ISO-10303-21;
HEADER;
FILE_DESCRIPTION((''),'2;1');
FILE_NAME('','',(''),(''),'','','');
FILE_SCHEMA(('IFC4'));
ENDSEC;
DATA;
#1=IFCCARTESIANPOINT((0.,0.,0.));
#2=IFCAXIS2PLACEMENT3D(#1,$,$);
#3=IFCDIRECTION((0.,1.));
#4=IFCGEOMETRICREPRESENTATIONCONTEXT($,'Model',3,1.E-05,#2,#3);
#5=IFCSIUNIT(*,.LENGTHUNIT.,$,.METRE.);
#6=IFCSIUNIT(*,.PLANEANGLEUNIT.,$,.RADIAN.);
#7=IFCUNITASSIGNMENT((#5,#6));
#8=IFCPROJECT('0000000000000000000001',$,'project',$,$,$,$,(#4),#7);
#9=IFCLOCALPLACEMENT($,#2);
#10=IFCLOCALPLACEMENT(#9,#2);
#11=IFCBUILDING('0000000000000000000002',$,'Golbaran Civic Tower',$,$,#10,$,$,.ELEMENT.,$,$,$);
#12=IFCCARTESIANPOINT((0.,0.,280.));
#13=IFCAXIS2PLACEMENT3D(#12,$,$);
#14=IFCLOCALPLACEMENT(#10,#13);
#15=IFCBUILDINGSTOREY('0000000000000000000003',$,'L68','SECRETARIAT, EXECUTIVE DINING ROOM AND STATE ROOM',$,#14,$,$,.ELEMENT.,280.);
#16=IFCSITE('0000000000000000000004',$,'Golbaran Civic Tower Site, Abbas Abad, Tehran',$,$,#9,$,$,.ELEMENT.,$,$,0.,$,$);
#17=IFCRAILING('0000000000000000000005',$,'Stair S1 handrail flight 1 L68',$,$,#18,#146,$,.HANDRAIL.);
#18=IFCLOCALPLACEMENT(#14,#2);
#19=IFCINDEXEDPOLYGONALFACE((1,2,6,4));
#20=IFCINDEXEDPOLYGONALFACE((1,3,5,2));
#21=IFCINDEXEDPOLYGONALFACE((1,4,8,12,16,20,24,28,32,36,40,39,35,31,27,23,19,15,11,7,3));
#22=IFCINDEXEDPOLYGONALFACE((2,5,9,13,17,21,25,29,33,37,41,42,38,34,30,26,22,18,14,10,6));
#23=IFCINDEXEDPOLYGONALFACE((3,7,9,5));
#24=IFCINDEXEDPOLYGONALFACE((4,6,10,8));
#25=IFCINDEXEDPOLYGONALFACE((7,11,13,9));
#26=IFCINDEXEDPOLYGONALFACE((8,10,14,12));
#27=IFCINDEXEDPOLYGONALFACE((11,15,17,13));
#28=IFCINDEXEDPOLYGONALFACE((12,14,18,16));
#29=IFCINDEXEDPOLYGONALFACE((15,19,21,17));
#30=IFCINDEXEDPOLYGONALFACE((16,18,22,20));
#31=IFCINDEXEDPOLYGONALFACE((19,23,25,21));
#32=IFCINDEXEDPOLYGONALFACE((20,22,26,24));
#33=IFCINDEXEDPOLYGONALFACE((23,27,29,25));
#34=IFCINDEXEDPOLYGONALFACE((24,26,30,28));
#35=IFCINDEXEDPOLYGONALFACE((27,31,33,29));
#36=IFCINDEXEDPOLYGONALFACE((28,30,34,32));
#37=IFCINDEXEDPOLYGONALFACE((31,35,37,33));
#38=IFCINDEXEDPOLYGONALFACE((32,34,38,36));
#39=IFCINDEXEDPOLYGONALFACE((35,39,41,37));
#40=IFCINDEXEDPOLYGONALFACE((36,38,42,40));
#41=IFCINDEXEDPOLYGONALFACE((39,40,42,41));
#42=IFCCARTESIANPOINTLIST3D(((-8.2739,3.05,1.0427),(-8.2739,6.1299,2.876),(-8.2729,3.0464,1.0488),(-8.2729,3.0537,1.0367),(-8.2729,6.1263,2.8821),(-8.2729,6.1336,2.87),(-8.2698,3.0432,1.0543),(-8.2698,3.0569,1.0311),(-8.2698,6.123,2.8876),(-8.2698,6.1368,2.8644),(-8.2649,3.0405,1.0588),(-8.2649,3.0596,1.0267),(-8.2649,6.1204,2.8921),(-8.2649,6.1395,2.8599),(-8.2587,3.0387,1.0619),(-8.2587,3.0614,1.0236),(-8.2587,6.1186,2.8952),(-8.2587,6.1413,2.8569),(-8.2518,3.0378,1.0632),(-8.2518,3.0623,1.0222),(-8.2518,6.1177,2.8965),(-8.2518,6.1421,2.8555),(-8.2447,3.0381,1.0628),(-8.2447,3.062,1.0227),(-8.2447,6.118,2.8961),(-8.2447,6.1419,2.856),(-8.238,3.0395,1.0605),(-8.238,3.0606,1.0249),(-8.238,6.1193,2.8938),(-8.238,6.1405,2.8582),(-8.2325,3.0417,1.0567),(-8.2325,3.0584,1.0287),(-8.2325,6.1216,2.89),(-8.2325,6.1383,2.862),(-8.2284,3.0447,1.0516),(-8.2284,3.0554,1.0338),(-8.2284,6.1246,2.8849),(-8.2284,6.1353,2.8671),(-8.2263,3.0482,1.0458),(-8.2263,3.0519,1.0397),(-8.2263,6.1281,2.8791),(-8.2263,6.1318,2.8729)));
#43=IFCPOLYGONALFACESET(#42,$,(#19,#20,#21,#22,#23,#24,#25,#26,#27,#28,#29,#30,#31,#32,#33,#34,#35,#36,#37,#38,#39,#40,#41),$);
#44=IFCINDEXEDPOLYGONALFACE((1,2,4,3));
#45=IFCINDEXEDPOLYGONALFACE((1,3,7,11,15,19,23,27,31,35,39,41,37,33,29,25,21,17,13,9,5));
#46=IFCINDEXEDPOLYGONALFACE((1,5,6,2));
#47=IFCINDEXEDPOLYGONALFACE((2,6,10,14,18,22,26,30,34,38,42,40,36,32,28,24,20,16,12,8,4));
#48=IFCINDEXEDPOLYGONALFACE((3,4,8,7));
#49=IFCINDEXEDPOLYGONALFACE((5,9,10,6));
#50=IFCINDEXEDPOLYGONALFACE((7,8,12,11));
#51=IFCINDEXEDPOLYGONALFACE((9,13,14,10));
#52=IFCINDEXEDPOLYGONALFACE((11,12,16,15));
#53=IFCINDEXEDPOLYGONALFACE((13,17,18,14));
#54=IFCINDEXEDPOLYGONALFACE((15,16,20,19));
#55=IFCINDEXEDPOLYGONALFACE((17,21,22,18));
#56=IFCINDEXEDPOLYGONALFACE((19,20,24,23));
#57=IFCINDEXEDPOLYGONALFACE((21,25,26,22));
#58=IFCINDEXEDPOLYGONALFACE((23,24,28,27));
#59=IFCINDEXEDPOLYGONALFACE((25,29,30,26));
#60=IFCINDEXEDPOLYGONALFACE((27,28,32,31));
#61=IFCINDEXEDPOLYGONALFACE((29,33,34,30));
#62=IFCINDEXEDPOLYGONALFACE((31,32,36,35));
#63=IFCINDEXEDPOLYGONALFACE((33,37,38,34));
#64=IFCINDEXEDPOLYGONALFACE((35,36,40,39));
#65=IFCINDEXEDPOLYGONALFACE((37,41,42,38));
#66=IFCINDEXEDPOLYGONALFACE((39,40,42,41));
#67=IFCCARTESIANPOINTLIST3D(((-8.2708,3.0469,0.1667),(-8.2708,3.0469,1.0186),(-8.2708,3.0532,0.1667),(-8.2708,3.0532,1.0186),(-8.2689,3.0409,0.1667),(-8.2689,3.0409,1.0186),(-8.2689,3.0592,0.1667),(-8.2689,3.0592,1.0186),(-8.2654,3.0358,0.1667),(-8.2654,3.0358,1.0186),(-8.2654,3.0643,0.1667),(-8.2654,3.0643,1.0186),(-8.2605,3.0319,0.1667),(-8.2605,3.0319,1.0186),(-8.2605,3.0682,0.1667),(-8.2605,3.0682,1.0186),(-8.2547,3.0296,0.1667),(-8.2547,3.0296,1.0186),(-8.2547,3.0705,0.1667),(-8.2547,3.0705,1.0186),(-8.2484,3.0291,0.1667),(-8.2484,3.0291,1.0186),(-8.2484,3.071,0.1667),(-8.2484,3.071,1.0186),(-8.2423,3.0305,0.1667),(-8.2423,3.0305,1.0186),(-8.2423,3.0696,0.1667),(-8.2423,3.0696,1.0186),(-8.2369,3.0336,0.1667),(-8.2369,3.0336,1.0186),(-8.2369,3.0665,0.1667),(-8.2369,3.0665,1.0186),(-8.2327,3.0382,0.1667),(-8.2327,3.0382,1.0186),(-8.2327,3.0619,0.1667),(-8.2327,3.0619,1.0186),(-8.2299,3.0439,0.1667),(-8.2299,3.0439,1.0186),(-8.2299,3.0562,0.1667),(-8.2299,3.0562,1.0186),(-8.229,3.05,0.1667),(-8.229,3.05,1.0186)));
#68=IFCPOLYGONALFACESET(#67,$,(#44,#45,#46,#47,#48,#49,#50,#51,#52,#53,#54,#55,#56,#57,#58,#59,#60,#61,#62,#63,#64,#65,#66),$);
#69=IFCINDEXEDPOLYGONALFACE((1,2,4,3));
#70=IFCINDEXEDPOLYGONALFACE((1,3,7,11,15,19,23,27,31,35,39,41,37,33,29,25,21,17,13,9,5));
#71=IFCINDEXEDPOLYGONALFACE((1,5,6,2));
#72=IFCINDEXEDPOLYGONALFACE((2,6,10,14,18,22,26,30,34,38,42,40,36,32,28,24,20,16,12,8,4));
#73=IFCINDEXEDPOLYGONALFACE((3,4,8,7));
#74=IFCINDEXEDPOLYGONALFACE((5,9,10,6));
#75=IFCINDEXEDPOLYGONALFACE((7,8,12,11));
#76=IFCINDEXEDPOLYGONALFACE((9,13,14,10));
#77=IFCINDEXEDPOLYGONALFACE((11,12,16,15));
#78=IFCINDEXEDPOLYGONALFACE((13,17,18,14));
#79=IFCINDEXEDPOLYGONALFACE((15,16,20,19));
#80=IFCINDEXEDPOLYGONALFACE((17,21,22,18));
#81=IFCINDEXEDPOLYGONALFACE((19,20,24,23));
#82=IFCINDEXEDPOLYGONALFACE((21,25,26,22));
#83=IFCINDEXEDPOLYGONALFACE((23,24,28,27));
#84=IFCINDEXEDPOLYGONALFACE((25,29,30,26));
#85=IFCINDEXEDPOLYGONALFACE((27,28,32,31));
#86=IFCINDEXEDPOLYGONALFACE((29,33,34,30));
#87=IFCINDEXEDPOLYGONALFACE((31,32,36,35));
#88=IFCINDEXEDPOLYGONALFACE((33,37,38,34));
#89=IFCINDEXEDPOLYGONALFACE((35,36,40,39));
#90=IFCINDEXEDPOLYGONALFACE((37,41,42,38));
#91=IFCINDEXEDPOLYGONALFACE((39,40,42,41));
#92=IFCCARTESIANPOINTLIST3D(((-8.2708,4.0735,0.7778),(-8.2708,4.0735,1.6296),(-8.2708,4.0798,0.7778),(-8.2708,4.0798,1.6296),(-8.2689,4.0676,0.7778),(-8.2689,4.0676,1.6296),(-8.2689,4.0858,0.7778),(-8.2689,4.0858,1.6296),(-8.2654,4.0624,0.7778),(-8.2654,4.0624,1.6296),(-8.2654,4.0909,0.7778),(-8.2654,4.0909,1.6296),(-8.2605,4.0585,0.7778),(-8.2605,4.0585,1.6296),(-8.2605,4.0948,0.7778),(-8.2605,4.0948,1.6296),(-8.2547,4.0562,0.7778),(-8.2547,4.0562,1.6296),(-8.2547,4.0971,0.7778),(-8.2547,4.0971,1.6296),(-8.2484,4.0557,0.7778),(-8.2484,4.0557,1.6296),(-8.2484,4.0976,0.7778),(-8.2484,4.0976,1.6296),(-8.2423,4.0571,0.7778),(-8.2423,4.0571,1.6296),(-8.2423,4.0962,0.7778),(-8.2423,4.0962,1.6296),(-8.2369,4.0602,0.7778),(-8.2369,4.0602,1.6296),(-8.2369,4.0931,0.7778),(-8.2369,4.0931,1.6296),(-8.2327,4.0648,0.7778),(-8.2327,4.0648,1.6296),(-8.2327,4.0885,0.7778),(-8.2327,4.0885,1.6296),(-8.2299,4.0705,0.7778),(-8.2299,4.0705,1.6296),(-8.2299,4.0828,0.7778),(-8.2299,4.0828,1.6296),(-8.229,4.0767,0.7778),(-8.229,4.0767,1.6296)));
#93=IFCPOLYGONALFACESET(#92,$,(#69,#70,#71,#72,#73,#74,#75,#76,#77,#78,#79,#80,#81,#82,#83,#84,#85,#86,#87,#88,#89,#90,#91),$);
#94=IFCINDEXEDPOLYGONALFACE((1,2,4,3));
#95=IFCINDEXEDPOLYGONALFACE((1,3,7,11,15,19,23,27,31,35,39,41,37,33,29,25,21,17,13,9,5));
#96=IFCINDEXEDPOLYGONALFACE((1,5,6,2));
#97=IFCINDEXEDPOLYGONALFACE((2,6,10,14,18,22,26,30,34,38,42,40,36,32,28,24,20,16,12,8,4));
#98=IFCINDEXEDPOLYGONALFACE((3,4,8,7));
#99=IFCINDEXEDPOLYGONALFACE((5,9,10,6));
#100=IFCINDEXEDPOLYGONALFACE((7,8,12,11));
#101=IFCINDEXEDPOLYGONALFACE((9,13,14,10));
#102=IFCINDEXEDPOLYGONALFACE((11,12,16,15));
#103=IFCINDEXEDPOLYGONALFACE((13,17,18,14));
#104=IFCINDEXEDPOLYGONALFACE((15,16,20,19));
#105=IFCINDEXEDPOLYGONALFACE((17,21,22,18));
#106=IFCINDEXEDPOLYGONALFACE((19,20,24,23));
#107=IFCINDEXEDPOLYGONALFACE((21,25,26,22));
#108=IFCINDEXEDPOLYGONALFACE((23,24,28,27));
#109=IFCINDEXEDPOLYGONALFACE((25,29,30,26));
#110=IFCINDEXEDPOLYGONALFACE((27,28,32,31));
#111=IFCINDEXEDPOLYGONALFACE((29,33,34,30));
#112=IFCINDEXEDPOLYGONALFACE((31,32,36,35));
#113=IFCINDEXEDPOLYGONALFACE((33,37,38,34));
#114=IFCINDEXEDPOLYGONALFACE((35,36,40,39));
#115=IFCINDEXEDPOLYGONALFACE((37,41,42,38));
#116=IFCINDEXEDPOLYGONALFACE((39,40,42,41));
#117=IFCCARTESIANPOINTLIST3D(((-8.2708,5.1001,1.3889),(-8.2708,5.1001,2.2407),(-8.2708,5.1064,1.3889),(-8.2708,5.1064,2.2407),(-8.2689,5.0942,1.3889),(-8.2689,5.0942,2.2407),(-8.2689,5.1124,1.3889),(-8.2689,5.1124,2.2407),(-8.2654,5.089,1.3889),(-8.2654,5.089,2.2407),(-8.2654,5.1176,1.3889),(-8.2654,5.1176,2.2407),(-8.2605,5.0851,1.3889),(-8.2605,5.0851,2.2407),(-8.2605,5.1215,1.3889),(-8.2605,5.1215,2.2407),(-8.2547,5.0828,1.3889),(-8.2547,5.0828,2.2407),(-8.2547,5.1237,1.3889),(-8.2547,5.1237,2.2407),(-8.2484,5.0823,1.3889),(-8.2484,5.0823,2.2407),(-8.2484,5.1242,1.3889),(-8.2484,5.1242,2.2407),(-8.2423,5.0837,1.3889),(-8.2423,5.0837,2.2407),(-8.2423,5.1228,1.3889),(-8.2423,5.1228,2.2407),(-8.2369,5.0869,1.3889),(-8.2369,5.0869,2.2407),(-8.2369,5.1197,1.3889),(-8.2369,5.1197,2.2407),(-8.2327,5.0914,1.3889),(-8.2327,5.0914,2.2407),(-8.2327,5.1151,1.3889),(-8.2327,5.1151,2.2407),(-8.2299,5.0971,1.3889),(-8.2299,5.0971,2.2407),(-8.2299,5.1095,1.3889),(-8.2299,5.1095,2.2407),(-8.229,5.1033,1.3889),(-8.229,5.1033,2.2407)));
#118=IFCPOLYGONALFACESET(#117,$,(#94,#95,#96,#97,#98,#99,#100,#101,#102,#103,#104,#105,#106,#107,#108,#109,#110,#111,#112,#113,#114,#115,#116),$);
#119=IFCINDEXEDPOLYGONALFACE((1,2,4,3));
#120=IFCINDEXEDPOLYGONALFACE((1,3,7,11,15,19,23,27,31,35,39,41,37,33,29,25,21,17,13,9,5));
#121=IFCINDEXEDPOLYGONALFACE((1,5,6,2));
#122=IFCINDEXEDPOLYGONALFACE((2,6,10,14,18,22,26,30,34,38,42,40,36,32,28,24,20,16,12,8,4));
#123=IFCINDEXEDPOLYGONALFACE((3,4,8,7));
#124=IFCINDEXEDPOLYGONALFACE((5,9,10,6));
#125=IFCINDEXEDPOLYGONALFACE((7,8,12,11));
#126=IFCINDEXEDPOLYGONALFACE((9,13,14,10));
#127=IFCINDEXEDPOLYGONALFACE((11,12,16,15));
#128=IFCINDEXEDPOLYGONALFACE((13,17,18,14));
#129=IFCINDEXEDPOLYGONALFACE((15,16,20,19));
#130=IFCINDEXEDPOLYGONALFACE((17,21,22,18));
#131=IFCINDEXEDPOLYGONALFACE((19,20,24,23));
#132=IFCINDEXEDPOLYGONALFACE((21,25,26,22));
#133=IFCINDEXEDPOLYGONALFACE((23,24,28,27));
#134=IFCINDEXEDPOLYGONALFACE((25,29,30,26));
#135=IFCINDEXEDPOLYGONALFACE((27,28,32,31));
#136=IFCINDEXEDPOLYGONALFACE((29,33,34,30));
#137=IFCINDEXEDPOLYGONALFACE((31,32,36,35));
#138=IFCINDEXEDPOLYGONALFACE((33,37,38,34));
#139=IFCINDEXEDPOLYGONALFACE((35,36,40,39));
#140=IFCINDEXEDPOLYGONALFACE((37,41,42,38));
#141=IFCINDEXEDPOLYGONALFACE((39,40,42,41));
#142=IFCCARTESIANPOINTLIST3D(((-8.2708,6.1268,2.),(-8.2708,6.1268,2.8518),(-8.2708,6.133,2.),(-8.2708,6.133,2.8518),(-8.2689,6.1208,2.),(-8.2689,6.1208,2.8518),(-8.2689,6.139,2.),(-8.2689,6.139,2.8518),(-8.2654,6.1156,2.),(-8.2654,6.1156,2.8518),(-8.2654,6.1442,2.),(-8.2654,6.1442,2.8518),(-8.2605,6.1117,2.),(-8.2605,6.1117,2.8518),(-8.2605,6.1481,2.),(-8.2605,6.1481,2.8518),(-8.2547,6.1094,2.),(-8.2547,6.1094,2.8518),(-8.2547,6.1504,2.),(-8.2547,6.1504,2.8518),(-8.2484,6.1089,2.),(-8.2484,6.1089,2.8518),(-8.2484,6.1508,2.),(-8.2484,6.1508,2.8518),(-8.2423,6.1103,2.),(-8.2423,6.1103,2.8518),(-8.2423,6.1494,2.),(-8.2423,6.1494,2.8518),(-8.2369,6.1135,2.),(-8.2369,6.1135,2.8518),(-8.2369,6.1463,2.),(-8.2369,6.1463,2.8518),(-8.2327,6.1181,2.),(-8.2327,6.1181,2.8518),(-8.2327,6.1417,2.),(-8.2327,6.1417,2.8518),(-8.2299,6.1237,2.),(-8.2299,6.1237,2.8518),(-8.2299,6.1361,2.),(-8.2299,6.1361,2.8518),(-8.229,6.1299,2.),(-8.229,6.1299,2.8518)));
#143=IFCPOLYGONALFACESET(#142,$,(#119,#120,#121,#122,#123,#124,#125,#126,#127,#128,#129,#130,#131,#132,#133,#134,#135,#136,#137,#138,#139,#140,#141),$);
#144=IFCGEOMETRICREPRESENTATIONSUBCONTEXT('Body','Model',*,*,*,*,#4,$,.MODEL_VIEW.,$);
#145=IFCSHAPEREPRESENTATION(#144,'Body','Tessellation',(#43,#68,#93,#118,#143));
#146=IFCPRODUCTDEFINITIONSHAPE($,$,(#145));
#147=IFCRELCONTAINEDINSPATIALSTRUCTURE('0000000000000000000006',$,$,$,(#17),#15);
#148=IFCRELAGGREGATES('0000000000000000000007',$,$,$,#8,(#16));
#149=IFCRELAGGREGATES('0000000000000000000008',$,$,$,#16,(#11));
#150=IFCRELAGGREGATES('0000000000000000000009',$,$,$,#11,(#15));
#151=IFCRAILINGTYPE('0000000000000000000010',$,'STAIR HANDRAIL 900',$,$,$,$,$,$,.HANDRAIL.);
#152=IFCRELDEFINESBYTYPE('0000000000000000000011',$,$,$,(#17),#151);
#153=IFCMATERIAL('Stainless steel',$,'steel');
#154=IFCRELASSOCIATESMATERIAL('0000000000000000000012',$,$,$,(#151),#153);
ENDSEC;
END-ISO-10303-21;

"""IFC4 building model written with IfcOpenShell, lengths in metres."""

from ifc_helpers import new_model, si_unit, direction, frame, origin, origin_2d, place, context, subcontext, project, spatial, circle, extrude, material, type_object, element, save


model = new_model("IFC4")

# Units and contexts
model_context = context("Model", 3, precision=1e-05, world=origin(), true_north=direction((0.0, 1.0)))
body_context = subcontext(model_context, "Body", "Model", "MODEL_VIEW")
ifc_project = project(units=[si_unit("LENGTHUNIT", "METRE"), si_unit("PLANEANGLEUNIT", "RADIAN")], contexts=[model_context])

# Site, building, storey
site_placement = place(None, origin())
site = spatial("IfcSite", under=ifc_project, at=site_placement, Name="Golbaran Civic Tower Site, Abbas Abad, Tehran", CompositionType="ELEMENT", RefElevation=0.0)
building_placement = place(site_placement, origin())
building = spatial("IfcBuilding", under=site, at=building_placement, Name="Golbaran Civic Tower", CompositionType="ELEMENT")
storey_placement = place(building_placement, frame((0.0, 0.0, 280.0)))
storey = spatial("IfcBuildingStorey", under=building, at=storey_placement, Name="L68", Description="SECRETARIAT, EXECUTIVE DINING ROOM AND STATE ROOM", CompositionType="ELEMENT", Elevation=280.0)

# Shared definitions
ifc_material_1 = material(Name="Stainless steel", Category="steel")

# Railing
railing_type = type_object("IfcRailingType", Name="STAIR HANDRAIL 900", PredefinedType="HANDRAIL", material=ifc_material_1)
railing_1_placement = place(storey_placement, frame((-8.25, 3.05, 0.1667)))
element("IfcRailing", 1, at=railing_1_placement, inside=storey, type_object=railing_type, Name="Stair S1 handrail flight 1 L68", PredefinedType="HANDRAIL", context=body_context, shape_type="SweptSolid", body=[
    extrude(circle(Radius=0.0239, at=origin_2d()), frame((0.0, 0.0, 0.876), z_axis=(0.0, 0.859291, 0.511487), x_axis=(-1.0, 0.0, 0.0)), (0.0, 0.0, 1.0), 3.5842),
    extrude(circle(Radius=0.021, at=origin_2d()), origin(), (0.0, 0.0, 1.0), 0.8518),
    extrude(circle(Radius=0.021, at=origin_2d()), frame((0.0, 1.0266, 0.6111)), (0.0, 0.0, 1.0), 0.8518),
    extrude(circle(Radius=0.021, at=origin_2d()), frame((0.0, 2.0532, 1.2222)), (0.0, 0.0, 1.0), 0.8518),
    extrude(circle(Radius=0.021, at=origin_2d()), frame((0.0, 3.0798, 1.8333)), (0.0, 0.0, 1.0), 0.8518),
])

save(model, "model.ifc")
